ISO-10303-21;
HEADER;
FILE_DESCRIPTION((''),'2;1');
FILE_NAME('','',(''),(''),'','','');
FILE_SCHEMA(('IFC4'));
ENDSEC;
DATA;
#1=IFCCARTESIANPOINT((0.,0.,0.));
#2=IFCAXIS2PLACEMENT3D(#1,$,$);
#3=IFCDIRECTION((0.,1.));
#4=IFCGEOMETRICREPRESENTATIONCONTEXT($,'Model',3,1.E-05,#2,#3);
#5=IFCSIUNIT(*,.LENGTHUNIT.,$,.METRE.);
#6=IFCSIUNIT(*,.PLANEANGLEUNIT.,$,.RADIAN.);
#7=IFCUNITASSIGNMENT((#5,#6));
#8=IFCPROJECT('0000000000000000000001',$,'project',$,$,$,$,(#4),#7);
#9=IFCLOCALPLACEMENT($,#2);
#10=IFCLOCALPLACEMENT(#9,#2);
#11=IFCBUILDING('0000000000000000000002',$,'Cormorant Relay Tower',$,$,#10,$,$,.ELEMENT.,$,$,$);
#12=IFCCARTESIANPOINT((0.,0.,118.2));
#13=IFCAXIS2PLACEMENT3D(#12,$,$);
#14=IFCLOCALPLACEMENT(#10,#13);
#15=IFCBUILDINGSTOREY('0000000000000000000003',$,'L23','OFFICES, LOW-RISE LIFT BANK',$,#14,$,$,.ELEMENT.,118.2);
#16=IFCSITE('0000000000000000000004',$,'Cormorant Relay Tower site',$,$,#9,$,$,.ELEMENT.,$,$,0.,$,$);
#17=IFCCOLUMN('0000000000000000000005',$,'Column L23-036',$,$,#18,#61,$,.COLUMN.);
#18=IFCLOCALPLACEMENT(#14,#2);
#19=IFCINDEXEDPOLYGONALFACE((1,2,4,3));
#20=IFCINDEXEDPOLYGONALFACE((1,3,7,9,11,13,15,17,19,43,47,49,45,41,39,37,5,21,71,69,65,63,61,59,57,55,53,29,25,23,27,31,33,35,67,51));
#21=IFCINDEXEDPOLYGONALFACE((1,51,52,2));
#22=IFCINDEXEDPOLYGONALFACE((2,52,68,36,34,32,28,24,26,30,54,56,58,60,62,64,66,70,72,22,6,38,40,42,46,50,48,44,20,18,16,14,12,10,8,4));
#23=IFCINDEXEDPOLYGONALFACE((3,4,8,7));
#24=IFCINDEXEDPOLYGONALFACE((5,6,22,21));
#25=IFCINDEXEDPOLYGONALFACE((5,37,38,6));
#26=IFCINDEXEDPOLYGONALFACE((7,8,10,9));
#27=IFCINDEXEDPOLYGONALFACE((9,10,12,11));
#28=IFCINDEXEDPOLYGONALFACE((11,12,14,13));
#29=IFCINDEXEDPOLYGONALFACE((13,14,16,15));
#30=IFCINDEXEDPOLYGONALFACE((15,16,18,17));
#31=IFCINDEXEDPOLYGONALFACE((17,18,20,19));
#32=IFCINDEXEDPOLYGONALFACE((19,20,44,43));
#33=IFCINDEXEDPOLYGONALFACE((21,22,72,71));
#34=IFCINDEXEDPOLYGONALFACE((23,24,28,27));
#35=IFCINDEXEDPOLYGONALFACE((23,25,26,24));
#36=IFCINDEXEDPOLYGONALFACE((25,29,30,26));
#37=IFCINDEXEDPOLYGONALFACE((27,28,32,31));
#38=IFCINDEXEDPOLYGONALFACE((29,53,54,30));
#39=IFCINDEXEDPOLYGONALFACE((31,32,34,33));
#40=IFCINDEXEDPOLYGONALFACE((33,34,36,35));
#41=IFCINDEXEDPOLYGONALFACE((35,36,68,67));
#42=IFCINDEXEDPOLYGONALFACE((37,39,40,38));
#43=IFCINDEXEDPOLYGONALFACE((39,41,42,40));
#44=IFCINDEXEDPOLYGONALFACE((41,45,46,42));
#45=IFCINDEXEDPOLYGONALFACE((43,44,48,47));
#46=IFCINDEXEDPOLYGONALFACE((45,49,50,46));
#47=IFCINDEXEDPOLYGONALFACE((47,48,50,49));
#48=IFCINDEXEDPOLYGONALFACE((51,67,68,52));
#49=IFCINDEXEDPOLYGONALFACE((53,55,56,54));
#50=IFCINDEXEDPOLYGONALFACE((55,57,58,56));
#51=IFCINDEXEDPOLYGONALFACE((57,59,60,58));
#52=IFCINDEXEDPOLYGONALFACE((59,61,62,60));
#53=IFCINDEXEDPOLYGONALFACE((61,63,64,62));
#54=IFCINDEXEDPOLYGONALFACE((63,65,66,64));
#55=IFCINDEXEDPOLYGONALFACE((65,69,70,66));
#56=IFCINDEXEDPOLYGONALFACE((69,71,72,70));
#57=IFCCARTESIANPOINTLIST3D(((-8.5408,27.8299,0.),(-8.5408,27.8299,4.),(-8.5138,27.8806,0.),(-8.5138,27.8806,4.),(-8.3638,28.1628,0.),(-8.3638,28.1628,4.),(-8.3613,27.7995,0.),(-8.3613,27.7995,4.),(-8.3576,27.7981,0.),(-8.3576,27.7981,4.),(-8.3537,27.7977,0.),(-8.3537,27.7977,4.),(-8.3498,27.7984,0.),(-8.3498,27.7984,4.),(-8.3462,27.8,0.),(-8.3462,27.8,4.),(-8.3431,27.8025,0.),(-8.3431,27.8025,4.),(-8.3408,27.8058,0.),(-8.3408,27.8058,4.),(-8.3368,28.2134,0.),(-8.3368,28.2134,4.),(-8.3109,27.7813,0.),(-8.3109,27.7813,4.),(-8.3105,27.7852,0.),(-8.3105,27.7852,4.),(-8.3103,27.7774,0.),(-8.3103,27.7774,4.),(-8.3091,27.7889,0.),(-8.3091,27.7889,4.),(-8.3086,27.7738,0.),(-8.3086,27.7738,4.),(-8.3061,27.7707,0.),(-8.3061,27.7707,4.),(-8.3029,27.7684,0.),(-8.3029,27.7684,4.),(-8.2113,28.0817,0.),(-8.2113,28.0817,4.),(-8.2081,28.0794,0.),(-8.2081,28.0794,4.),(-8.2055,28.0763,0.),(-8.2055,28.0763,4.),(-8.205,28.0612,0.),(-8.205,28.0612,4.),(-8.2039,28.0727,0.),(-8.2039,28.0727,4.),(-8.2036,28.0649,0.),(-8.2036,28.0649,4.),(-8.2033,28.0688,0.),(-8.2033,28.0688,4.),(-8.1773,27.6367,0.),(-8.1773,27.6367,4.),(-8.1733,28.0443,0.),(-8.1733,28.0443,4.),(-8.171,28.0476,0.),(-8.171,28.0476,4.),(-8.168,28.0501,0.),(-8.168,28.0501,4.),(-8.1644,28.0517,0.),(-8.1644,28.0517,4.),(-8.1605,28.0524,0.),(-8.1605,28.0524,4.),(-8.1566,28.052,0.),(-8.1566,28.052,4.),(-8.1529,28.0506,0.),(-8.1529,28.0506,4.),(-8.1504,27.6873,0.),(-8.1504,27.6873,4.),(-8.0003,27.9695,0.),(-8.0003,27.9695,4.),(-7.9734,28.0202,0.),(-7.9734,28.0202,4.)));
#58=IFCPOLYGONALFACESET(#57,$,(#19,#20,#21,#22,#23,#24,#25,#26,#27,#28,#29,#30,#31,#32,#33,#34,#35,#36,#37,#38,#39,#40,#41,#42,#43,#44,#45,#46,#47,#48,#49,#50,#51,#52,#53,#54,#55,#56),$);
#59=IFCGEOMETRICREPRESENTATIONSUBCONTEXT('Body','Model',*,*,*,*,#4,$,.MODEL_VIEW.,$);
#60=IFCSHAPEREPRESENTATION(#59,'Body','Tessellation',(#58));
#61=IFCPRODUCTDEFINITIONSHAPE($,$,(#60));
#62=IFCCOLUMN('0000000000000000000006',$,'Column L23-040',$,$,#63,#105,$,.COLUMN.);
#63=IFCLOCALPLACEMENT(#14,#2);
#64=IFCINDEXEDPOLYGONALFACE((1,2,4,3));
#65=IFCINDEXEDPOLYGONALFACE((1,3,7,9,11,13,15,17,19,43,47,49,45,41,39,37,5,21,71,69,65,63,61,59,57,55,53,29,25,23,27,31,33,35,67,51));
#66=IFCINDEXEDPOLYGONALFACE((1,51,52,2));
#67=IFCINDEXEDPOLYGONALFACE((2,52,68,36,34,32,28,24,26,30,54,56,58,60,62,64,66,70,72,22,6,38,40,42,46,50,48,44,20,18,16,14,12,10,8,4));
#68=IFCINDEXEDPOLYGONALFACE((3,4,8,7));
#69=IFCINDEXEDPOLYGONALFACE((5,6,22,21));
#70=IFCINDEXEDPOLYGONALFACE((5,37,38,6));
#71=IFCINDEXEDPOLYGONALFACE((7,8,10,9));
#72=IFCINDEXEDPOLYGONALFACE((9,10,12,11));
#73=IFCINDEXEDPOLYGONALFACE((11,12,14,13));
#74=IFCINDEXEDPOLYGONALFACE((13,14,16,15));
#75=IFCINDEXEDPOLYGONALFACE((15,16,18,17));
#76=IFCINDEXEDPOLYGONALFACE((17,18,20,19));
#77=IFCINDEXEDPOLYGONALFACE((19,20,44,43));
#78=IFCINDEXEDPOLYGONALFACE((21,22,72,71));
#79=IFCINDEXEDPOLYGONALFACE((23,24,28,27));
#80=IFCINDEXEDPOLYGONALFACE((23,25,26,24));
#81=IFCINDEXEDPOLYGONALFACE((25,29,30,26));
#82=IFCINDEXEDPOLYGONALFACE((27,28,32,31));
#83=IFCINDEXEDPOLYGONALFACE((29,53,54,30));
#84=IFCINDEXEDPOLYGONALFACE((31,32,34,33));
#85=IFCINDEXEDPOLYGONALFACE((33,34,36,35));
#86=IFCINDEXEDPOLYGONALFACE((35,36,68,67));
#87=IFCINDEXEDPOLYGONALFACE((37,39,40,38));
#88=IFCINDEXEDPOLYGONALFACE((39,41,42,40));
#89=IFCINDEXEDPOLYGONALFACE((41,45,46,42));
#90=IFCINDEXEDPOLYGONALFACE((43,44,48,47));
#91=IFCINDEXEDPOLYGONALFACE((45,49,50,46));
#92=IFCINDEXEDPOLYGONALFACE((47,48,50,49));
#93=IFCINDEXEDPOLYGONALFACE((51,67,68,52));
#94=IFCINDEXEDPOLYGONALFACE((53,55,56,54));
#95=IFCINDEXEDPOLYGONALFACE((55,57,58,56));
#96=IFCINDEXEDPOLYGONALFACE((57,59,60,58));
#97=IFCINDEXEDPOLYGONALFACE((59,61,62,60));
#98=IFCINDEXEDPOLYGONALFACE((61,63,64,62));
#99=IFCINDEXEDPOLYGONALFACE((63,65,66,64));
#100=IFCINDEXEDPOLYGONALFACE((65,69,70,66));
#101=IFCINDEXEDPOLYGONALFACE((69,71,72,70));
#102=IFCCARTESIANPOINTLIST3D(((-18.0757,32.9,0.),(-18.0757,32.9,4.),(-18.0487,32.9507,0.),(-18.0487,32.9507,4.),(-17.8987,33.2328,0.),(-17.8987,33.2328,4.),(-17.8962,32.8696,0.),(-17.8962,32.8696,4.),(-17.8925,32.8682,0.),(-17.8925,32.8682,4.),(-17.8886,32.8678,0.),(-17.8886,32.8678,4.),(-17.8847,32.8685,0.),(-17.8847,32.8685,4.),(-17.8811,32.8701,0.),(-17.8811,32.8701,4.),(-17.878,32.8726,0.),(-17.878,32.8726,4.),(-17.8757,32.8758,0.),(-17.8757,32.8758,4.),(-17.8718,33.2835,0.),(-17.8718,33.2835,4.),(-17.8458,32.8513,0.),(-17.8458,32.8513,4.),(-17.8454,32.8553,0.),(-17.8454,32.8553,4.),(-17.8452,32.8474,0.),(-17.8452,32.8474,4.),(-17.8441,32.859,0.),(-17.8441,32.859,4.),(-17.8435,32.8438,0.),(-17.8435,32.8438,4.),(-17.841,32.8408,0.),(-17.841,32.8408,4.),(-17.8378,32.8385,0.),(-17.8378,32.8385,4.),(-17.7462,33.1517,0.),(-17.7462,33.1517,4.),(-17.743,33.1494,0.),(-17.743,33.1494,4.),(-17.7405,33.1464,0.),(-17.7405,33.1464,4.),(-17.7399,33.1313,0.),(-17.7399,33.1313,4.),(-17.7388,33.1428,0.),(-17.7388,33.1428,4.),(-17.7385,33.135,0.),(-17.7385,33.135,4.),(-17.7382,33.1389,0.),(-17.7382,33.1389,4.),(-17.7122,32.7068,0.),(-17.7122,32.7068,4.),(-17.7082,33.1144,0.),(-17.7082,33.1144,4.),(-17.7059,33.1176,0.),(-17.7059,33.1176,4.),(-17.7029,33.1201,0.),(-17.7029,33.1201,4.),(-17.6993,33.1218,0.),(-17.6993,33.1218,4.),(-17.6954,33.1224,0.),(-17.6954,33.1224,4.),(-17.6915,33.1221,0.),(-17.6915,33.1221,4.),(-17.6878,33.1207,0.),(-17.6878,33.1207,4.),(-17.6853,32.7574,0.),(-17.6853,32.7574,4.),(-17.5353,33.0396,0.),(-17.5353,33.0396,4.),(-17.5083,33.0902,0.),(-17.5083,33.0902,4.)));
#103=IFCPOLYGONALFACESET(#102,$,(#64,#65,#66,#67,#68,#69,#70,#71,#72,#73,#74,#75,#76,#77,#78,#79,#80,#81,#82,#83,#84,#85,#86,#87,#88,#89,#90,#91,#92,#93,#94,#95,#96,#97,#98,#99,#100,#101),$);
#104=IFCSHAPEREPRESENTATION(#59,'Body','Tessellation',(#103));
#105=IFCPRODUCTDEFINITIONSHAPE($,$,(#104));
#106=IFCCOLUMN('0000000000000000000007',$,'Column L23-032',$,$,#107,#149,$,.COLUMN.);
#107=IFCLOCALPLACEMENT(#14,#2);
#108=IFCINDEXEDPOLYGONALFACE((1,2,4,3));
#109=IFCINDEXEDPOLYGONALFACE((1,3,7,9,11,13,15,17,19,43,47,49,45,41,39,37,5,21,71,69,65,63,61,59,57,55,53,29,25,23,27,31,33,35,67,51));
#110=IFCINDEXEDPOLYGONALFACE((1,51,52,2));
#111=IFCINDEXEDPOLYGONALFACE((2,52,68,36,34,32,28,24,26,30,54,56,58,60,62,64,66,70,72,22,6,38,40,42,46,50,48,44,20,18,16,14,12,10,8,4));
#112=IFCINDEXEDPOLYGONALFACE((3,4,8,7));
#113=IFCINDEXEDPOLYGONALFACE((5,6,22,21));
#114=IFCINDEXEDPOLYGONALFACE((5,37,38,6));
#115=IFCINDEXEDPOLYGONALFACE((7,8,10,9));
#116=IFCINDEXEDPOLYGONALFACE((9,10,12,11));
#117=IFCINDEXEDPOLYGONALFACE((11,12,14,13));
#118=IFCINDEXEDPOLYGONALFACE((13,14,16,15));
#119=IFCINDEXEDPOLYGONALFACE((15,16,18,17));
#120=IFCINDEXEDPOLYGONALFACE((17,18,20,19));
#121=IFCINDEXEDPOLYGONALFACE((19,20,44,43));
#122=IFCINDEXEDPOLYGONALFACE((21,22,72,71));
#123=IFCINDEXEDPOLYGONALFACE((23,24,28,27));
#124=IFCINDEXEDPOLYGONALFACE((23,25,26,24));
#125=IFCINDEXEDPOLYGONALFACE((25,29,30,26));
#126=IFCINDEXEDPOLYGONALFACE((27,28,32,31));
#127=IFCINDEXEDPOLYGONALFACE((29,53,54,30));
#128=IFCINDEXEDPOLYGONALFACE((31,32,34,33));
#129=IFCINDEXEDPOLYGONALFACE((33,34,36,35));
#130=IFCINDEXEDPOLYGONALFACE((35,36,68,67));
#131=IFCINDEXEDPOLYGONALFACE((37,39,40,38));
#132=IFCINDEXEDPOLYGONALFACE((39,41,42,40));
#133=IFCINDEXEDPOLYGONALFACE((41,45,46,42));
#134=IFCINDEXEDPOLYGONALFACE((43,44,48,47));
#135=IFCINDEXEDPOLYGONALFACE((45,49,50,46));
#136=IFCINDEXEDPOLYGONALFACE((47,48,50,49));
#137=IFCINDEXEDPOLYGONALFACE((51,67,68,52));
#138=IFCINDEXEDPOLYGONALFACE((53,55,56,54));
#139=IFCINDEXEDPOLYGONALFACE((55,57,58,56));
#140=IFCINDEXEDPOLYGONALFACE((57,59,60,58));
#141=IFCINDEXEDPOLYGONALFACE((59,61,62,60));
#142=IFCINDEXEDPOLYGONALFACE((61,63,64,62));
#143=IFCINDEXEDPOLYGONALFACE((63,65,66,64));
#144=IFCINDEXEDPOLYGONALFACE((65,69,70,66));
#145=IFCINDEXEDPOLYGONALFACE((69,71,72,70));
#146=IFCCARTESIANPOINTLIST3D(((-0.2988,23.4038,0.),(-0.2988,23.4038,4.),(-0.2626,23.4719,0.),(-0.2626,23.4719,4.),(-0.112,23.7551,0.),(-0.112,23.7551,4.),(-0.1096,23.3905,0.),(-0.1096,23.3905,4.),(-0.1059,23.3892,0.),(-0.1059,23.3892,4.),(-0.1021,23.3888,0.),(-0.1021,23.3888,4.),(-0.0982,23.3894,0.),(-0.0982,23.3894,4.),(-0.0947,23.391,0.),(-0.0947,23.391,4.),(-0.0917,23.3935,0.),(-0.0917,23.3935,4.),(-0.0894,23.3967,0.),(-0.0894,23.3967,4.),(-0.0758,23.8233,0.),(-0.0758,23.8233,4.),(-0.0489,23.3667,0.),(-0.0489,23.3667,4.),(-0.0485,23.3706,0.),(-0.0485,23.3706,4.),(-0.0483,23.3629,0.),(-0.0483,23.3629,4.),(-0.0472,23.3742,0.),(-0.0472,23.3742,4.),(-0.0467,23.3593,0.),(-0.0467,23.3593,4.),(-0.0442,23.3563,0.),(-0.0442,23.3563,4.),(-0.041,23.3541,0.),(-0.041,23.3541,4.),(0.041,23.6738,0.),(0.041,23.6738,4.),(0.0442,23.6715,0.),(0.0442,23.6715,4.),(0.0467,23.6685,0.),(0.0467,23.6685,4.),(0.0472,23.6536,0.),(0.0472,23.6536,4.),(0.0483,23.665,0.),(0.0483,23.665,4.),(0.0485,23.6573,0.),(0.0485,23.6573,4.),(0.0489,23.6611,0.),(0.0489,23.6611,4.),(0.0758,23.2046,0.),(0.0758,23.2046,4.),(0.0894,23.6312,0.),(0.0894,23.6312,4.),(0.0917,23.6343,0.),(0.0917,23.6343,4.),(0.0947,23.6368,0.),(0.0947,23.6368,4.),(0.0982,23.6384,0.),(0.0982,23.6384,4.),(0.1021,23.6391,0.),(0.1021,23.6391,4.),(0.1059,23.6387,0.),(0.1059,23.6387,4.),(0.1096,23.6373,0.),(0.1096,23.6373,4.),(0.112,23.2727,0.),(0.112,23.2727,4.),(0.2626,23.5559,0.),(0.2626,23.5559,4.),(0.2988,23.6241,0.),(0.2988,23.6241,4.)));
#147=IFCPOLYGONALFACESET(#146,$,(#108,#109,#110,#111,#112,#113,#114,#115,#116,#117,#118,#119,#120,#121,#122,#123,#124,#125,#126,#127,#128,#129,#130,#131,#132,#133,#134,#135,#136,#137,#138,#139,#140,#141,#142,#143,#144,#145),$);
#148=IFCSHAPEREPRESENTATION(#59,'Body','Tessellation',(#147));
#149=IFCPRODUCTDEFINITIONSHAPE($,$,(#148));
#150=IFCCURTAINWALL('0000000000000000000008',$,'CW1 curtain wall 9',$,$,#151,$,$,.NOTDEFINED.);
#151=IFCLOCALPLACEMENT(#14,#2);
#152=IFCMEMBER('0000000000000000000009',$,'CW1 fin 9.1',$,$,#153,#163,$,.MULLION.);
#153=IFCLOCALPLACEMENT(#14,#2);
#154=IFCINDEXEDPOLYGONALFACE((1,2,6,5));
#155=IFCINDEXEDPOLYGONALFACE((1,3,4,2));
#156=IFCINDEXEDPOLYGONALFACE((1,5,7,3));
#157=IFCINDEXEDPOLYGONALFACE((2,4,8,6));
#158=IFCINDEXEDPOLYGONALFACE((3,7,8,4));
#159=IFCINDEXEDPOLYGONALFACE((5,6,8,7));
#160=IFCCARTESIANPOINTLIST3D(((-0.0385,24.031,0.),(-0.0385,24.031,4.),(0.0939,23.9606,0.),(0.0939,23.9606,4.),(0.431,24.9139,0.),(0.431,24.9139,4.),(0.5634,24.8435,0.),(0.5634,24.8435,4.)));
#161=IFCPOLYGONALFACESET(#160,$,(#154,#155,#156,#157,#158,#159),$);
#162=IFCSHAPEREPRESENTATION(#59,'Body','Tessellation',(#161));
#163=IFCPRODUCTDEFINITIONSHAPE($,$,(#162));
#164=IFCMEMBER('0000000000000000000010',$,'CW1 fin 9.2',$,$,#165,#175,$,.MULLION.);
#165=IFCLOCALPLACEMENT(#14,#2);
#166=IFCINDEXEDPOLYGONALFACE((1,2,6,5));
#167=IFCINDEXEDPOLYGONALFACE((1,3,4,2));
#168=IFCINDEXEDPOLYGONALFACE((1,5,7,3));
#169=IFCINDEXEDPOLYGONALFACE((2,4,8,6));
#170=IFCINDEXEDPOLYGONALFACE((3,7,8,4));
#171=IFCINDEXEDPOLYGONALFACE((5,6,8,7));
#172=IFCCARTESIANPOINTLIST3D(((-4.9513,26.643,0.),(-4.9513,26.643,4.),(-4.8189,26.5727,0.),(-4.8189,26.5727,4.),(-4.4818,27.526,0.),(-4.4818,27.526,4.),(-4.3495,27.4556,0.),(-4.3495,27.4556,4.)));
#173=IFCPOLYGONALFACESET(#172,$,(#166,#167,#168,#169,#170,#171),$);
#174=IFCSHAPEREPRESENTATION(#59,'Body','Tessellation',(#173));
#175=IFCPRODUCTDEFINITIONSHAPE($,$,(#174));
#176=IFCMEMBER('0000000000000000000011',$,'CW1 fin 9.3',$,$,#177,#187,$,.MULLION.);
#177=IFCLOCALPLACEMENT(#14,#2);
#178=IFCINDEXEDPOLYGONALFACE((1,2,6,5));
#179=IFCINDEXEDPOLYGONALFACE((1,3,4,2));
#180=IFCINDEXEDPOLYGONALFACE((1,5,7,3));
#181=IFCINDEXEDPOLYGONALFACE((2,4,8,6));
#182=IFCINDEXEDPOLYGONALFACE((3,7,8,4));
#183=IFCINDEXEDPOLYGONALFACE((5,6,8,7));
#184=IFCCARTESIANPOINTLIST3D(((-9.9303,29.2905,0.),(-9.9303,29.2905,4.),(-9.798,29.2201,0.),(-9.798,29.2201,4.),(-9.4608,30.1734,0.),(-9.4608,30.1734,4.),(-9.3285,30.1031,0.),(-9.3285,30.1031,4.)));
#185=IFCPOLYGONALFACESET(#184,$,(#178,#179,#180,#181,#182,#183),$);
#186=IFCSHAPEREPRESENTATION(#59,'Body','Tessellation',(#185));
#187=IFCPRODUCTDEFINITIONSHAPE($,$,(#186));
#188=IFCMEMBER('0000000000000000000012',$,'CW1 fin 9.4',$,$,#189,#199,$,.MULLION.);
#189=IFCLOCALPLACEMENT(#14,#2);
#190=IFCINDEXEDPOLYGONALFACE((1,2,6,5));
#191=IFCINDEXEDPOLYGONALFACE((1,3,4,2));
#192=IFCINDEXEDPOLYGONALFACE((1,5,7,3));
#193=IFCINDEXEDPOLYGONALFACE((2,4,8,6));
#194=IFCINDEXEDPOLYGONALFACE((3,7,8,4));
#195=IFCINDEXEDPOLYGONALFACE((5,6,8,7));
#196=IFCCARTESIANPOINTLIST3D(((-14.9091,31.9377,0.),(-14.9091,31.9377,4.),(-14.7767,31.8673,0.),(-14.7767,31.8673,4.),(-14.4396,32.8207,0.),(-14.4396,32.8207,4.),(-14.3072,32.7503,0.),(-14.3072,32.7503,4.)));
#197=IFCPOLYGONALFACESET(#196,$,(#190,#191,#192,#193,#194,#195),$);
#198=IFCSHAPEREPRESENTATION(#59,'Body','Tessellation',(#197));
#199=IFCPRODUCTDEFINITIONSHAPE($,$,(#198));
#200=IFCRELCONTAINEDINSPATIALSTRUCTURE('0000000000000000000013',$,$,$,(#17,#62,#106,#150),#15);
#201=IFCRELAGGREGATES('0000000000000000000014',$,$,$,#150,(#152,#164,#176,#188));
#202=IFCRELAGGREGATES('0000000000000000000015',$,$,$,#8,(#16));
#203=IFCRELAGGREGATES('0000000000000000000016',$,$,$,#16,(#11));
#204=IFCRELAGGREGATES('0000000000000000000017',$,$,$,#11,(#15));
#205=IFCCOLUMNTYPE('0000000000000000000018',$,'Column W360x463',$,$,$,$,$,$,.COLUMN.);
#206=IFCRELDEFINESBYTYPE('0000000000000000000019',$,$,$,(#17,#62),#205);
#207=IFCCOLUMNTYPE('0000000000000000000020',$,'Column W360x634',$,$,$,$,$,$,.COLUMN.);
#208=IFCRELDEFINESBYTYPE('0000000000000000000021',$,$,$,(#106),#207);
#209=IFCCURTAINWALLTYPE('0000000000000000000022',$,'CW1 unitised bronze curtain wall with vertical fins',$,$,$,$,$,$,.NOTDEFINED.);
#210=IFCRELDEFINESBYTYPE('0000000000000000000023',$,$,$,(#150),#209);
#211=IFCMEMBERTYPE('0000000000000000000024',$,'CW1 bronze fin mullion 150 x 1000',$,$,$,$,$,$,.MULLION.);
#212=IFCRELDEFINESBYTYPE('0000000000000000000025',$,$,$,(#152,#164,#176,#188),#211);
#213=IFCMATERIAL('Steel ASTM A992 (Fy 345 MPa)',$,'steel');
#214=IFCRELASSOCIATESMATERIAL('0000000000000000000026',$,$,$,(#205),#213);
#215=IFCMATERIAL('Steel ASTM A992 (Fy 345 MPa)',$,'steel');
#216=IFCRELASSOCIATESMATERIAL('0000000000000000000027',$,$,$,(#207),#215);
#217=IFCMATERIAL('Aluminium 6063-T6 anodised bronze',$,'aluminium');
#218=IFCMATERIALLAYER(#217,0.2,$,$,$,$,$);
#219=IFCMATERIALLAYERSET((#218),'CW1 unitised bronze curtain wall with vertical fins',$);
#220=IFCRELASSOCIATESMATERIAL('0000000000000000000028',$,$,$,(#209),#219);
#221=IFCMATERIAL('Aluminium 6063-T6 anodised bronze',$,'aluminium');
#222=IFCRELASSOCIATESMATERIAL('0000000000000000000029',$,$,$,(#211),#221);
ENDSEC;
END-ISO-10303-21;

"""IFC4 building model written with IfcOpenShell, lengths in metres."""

from ifc_helpers import new_model, si_unit, direction, frame, origin, origin_2d, place, context, subcontext, project, spatial, rectangle, i_section, extrude, material, layer, layer_set, material_profile, profile_set, type_object, element, aggregate, save


model = new_model("IFC4")

# Units and contexts
model_context = context("Model", 3, precision=1e-05, world=origin(), true_north=direction((0.0, 1.0)))
body_context = subcontext(model_context, "Body", "Model", "MODEL_VIEW")
ifc_project = project(units=[si_unit("LENGTHUNIT", "METRE"), si_unit("PLANEANGLEUNIT", "RADIAN")], contexts=[model_context])

# Site, building, storey
site_placement = place(None, origin())
site = spatial("IfcSite", under=ifc_project, at=site_placement, Name="Cormorant Relay Tower site", CompositionType="ELEMENT", RefElevation=0.0)
building_placement = place(site_placement, origin())
building = spatial("IfcBuilding", under=site, at=building_placement, Name="Cormorant Relay Tower", CompositionType="ELEMENT")
storey_placement = place(building_placement, frame((0.0, 0.0, 118.2)))
storey = spatial("IfcBuildingStorey", under=building, at=storey_placement, Name="L23", Description="OFFICES, LOW-RISE LIFT BANK", CompositionType="ELEMENT", Elevation=118.2)

# Columns
ifc_material_1 = material(Name="Steel ASTM A992 (Fy 345 MPa)", Category="steel")
ifc_material_profile_1 = material_profile(ifc_material_1, i_section(OverallWidth=0.4116, OverallDepth=0.4343, WebThickness=0.0359, FlangeThickness=0.0574, FilletRadius=0.0151, at=origin_2d()), Name="W360x463")
ifc_profile_set_1 = profile_set([ifc_material_profile_1], Name="Steel ASTM A992 (Fy 345 MPa)")
column_type_1 = type_object("IfcColumnType", Name="Column W360x463", PredefinedType="COLUMN", material=ifc_profile_set_1)
for number, where, z_axis, x_axis, name in (
    (1, (-8.2571, 27.925, 0.0), (0.0, 0.0, 1.0), (-0.882948, 0.469472, 0.0), "Column L23-036"),
    (2, (-17.792, 32.9951, 0.0), (0.0, 0.0, 1.0), (-0.882948, 0.469472, 0.0), "Column L23-040"),
):
    element("IfcColumn", number, at=place(storey_placement, frame(where, z_axis=z_axis, x_axis=x_axis)), inside=storey, type_object=column_type_1, Name=name, PredefinedType="COLUMN", context=body_context, shape_type="SweptSolid", body=[
        extrude(i_section(OverallWidth=0.4116, OverallDepth=0.4343, WebThickness=0.0359, FlangeThickness=0.0574, FilletRadius=0.0151, at=origin_2d()), origin(), (0.0, 0.0, 1.0), 4.0),
    ])
ifc_material_2 = material(Name="Steel ASTM A992 (Fy 345 MPa)", Category="steel")
ifc_material_profile_2 = material_profile(ifc_material_2, i_section(OverallWidth=0.4243, OverallDepth=0.4751, WebThickness=0.0479, FlangeThickness=0.0771, FilletRadius=0.0149, at=origin_2d()), Name="W360x634")
ifc_profile_set_2 = profile_set([ifc_material_profile_2], Name="Steel ASTM A992 (Fy 345 MPa)")
column_type_2 = type_object("IfcColumnType", Name="Column W360x634", PredefinedType="COLUMN", material=ifc_profile_set_2)
column_placement = place(storey_placement, frame((0.0, 23.5139, 0.0), z_axis=(0.0, 0.0, 1.0), x_axis=(-0.882948, 0.469472, 0.0)))
element("IfcColumn", 3, at=column_placement, inside=storey, type_object=column_type_2, Name="Column L23-032", PredefinedType="COLUMN", context=body_context, shape_type="SweptSolid", body=[
    extrude(i_section(OverallWidth=0.4243, OverallDepth=0.4751, WebThickness=0.0479, FlangeThickness=0.0771, FilletRadius=0.0149, at=origin_2d()), origin(), (0.0, 0.0, 1.0), 4.0),
])

# Curtain wall, members
ifc_material_3 = material(Name="Aluminium 6063-T6 anodised bronze", Category="aluminium")
ifc_layer_1 = layer(ifc_material_3, 0.2)
ifc_layer_set_1 = layer_set([ifc_layer_1], Name="CW1 unitised bronze curtain wall with vertical fins")
curtain_wall_type = type_object("IfcCurtainWallType", Name="CW1 unitised bronze curtain wall with vertical fins", PredefinedType="NOTDEFINED", material=ifc_layer_set_1)
curtain_wall_1_placement = place(storey_placement, origin())
curtain_wall_1 = element("IfcCurtainWall", 4, at=curtain_wall_1_placement, inside=storey, type_object=curtain_wall_type, Name="CW1 curtain wall 9", PredefinedType="NOTDEFINED")
ifc_material_4 = material(Name="Aluminium 6063-T6 anodised bronze", Category="aluminium")
ifc_material_profile_3 = material_profile(ifc_material_4, rectangle(XDim=0.1499, YDim=1.0, at=origin_2d()), Name="AL 150x1000")
ifc_profile_set_3 = profile_set([ifc_material_profile_3], Name="Aluminium 6063-T6 anodised bronze")
member_type_1 = type_object("IfcMemberType", Name="CW1 bronze fin mullion 150 x 1000", PredefinedType="MULLION", material=ifc_profile_set_3)
member_1_placement = place(storey_placement, frame((0.2625, 24.4373, 0.0), z_axis=(0.0, 0.0, 1.0), x_axis=(-0.882948, 0.469472, 0.0)))
member_1 = element("IfcMember", 5, at=member_1_placement, type_object=member_type_1, Name="CW1 fin 9.1", PredefinedType="MULLION", context=body_context, shape_type="SweptSolid", body=[
    extrude(rectangle(XDim=0.1499, YDim=1.0, at=origin_2d()), origin(), (0.0, 0.0, 1.0), 4.0),
])
member_2_placement = place(storey_placement, frame((-4.6504, 27.0493, 0.0), z_axis=(0.0, 0.0, 1.0), x_axis=(-0.882948, 0.469472, 0.0)))
member_2 = element("IfcMember", 6, at=member_2_placement, type_object=member_type_1, Name="CW1 fin 9.2", PredefinedType="MULLION", context=body_context, shape_type="SweptSolid", body=[
    extrude(rectangle(XDim=0.1499, YDim=1.0, at=origin_2d()), origin(), (0.0, 0.0, 1.0), 4.0),
])
member_3_placement = place(storey_placement, frame((-9.6294, 29.6968, 0.0), z_axis=(0.0, 0.0, 1.0), x_axis=(-0.882948, 0.469472, 0.0)))
member_3 = element("IfcMember", 7, at=member_3_placement, type_object=member_type_1, Name="CW1 fin 9.3", PredefinedType="MULLION", context=body_context, shape_type="SweptSolid", body=[
    extrude(rectangle(XDim=0.1499, YDim=1.0, at=origin_2d()), origin(), (0.0, 0.0, 1.0), 4.0),
])
member_4_placement = place(storey_placement, frame((-14.6082, 32.344, 0.0), z_axis=(0.0, 0.0, 1.0), x_axis=(-0.882948, 0.469472, 0.0)))
member_4 = element("IfcMember", 8, at=member_4_placement, type_object=member_type_1, Name="CW1 fin 9.4", PredefinedType="MULLION", context=body_context, shape_type="SweptSolid", body=[
    extrude(rectangle(XDim=0.1499, YDim=1.0, at=origin_2d()), origin(), (0.0, 0.0, 1.0), 4.0),
])

aggregate(curtain_wall_1, [member_1, member_2, member_3, member_4])

save(model, "model.ifc")
